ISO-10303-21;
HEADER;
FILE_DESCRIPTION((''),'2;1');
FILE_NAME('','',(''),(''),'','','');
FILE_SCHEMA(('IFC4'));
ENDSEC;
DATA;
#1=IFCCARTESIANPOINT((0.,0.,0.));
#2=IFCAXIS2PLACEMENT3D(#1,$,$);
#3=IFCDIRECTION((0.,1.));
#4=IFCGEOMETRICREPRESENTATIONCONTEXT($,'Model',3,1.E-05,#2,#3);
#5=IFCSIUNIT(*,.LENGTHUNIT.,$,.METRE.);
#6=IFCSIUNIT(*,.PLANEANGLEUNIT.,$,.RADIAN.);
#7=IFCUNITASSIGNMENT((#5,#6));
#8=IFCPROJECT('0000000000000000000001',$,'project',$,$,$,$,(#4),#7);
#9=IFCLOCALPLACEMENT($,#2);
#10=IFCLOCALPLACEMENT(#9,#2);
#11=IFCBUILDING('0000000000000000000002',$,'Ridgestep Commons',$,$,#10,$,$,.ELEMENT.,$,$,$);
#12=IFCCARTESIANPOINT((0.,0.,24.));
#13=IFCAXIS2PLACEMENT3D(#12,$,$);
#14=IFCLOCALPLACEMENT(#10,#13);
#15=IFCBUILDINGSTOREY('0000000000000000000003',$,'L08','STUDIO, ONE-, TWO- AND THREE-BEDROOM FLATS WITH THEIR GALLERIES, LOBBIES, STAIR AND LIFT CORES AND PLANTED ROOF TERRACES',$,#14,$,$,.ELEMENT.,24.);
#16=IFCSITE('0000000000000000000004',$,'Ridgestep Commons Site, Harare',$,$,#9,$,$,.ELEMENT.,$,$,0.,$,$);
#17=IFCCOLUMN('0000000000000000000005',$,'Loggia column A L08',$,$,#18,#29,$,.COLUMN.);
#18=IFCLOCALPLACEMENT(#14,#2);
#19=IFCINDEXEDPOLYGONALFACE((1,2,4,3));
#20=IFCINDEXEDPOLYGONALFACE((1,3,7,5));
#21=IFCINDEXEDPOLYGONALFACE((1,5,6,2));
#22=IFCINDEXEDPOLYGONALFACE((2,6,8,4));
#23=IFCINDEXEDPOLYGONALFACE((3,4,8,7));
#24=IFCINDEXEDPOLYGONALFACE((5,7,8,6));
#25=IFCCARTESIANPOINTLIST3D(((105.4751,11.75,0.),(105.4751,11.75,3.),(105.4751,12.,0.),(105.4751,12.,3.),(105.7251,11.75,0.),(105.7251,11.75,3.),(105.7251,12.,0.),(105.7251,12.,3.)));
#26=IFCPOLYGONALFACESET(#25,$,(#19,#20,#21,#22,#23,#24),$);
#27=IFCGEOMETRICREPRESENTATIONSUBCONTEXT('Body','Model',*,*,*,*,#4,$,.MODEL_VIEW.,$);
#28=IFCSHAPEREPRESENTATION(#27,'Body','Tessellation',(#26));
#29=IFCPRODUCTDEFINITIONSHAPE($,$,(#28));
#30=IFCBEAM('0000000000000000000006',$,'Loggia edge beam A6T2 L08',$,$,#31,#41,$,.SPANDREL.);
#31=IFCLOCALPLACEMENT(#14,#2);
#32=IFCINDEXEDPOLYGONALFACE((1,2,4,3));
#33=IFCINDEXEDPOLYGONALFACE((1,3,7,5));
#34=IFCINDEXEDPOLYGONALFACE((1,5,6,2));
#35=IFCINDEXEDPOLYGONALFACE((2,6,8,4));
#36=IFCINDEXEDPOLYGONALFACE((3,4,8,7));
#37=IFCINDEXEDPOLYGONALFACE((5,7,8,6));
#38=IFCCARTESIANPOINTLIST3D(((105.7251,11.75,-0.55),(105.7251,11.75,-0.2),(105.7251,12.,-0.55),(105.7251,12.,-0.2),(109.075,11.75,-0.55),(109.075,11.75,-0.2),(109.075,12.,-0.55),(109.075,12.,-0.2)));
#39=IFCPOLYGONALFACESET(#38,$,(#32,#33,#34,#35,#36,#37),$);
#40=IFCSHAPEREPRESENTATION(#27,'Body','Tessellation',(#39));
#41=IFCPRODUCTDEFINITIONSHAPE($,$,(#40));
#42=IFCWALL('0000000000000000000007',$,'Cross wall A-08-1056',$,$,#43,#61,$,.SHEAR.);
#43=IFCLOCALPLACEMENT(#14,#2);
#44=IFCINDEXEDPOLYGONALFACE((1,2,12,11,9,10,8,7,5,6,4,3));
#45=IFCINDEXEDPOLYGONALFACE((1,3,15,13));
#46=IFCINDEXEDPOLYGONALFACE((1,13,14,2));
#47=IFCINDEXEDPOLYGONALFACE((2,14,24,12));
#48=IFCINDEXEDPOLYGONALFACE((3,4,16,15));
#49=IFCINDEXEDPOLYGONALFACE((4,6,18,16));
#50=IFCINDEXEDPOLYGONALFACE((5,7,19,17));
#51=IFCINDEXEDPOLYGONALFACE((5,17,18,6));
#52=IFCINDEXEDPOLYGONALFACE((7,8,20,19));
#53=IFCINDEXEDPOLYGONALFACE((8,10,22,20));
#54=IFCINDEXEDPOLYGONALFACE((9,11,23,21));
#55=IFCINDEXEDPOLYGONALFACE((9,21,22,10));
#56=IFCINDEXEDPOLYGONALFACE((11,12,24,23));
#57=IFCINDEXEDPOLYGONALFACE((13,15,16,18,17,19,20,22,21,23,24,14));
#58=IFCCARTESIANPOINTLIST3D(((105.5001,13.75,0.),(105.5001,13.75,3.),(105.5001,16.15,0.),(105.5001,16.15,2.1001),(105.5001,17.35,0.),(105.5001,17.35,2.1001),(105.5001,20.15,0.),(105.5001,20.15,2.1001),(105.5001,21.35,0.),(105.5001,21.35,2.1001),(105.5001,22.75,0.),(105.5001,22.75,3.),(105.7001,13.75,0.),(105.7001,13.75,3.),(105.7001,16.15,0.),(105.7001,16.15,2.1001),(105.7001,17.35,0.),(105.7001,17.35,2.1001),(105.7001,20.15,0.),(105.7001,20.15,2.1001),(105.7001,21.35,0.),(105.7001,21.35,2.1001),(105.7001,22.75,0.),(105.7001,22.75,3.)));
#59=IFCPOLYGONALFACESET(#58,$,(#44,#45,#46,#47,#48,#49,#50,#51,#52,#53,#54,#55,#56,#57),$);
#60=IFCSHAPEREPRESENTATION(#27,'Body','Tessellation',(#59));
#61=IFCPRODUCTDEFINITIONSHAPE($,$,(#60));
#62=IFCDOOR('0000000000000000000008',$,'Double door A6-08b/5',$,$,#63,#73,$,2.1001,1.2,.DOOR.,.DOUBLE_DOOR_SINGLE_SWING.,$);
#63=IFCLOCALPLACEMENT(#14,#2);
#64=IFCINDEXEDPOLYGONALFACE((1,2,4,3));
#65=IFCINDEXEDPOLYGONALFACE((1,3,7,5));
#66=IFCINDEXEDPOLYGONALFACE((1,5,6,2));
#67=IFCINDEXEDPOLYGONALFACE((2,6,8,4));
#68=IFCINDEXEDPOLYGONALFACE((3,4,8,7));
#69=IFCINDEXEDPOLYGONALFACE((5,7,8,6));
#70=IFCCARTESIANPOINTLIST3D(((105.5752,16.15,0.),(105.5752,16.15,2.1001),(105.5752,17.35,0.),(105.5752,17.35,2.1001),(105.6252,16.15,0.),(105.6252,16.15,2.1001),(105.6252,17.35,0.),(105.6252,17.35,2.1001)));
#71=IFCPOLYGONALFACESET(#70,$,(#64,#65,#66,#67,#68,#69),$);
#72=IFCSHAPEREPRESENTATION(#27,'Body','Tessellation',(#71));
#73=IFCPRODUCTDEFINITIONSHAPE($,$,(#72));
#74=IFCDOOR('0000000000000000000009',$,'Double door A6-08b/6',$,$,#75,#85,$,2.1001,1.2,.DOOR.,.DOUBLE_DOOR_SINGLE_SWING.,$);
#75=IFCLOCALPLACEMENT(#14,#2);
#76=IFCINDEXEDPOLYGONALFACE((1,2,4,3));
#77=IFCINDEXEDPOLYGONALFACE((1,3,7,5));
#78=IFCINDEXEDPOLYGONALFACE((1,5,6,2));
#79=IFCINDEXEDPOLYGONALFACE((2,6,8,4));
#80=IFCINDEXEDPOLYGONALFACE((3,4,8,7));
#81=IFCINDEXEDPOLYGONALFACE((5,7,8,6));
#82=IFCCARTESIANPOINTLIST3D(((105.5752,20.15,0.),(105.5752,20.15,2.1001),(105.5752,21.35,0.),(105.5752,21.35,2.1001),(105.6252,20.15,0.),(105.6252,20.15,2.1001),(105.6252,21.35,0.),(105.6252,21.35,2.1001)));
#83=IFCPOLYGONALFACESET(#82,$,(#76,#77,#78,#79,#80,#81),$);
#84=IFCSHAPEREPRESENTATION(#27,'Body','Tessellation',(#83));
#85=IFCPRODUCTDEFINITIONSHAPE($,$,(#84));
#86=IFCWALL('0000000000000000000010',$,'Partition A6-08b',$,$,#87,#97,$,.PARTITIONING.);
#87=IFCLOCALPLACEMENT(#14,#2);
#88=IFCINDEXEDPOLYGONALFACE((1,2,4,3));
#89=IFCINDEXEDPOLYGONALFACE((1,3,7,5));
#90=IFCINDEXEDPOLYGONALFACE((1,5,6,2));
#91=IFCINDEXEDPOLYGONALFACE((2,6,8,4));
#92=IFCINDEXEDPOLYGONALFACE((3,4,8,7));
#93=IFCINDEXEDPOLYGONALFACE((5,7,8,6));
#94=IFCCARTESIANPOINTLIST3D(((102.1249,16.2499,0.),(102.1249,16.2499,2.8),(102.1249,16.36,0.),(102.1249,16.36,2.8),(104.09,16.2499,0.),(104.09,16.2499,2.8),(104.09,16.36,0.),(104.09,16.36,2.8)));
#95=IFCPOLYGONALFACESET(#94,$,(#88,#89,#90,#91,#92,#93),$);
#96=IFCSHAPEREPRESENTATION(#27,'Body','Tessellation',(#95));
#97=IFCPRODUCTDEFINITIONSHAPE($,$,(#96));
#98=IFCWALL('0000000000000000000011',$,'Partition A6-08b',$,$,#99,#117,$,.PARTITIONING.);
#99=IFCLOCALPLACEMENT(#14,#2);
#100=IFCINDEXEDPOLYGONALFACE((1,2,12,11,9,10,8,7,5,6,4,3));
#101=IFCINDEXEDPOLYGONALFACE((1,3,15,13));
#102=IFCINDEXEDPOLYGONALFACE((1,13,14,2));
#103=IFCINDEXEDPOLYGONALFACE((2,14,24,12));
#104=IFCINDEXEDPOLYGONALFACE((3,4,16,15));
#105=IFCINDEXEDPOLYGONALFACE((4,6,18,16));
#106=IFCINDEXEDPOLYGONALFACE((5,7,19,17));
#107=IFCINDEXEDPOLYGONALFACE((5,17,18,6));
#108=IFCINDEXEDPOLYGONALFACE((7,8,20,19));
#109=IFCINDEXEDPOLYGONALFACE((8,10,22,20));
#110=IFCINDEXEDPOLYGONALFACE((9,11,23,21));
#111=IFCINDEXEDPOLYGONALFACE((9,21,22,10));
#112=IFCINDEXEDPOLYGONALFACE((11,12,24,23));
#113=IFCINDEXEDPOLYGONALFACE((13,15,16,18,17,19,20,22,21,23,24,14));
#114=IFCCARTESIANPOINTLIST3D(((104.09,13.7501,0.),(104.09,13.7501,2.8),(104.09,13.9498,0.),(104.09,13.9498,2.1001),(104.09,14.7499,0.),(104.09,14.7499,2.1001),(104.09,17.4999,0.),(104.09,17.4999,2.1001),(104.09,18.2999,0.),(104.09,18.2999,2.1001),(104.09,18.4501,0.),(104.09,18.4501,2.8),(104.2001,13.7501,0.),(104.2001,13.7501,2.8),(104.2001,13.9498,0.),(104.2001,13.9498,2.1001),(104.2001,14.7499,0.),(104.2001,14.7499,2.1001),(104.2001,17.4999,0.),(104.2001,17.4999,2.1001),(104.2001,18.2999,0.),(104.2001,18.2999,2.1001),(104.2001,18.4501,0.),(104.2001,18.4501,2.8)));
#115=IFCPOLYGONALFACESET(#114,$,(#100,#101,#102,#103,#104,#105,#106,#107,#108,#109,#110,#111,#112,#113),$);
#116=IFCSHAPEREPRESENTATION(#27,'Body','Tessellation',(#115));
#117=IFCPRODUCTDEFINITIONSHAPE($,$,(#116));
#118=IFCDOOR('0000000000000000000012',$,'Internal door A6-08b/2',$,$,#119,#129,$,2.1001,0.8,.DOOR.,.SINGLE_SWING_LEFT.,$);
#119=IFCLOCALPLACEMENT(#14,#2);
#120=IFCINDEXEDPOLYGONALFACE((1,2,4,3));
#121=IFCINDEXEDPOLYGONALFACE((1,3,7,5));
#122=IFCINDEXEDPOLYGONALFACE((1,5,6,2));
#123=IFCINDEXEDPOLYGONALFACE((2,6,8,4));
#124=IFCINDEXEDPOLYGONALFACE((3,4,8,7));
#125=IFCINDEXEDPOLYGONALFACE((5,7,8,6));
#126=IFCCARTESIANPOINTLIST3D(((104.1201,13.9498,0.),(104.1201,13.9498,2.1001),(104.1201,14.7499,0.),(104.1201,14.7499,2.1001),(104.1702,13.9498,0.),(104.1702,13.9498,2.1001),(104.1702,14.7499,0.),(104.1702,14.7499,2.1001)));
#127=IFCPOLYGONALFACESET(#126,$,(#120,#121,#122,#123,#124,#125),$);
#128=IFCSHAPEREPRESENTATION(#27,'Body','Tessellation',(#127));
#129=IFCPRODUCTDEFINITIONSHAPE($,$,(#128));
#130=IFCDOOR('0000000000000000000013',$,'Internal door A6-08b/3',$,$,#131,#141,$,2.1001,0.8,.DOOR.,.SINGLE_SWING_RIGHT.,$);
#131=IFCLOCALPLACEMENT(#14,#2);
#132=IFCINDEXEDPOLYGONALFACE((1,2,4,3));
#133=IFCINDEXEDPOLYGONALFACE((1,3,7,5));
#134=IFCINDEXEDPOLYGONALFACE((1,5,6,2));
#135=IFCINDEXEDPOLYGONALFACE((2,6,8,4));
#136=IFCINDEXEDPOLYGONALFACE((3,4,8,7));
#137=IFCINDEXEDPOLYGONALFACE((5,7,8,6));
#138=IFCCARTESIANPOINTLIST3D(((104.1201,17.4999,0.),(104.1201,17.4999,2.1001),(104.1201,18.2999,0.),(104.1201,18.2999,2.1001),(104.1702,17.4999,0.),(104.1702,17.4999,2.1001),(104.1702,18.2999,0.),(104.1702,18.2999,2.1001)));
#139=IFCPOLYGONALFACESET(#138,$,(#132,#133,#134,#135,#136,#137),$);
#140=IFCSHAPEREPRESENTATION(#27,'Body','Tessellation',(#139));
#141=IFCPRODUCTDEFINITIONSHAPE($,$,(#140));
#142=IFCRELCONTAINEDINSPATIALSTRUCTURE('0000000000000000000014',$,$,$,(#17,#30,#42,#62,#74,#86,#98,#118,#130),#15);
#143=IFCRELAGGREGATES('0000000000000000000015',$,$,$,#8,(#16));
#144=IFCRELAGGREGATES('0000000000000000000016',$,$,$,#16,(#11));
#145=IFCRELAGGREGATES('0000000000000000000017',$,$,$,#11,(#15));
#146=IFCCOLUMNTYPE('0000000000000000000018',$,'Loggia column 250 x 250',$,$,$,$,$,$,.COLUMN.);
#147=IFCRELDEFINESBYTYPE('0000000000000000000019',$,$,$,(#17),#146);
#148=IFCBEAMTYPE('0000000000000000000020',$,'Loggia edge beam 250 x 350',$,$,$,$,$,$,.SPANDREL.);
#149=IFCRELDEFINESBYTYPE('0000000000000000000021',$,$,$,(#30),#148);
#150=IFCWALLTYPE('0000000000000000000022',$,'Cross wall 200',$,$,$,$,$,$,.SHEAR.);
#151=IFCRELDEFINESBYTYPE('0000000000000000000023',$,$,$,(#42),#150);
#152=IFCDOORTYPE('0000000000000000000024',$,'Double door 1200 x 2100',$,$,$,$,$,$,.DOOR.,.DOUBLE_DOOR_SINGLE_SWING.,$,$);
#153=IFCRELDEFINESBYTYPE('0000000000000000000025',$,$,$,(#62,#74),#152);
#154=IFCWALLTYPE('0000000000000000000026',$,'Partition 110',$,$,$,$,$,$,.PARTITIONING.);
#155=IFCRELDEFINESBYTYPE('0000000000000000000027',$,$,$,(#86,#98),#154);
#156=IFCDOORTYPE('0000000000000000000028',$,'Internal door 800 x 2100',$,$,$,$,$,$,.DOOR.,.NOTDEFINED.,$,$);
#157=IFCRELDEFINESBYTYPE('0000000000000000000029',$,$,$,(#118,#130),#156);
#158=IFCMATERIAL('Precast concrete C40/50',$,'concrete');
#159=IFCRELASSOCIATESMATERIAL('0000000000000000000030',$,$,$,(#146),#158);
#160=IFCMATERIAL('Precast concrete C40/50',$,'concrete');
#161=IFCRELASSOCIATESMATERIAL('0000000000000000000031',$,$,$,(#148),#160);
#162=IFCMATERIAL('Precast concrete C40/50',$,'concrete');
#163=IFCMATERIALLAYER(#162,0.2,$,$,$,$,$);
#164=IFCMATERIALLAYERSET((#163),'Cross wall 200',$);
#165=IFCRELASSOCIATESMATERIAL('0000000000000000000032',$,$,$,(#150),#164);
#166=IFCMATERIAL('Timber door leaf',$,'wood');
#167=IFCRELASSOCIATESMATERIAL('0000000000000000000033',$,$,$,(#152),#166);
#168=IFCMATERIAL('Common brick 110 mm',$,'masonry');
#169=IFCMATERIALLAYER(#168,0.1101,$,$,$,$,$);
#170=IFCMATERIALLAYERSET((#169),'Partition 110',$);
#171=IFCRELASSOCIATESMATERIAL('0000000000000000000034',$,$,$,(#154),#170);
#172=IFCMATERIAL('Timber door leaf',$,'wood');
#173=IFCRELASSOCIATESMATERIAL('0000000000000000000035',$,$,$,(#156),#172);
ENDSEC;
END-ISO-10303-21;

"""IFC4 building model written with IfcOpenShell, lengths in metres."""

from ifc_helpers import new_model, si_unit, direction, frame, frame_2d, origin, origin_2d, place, context, subcontext, project, spatial, rectangle, extrude, material, layer, layer_set, material_profile, profile_set, type_object, element, fill, save


model = new_model("IFC4")

# Units and contexts
model_context = context("Model", 3, precision=1e-05, world=origin(), true_north=direction((0.0, 1.0)))
body_context = subcontext(model_context, "Body", "Model", "MODEL_VIEW")
ifc_project = project(units=[si_unit("LENGTHUNIT", "METRE"), si_unit("PLANEANGLEUNIT", "RADIAN")], contexts=[model_context])

# Site, building, storey
site_placement = place(None, origin())
site = spatial("IfcSite", under=ifc_project, at=site_placement, Name="Ridgestep Commons Site, Harare", CompositionType="ELEMENT", RefElevation=0.0)
building_placement = place(site_placement, origin())
building = spatial("IfcBuilding", under=site, at=building_placement, Name="Ridgestep Commons", CompositionType="ELEMENT")
storey_placement = place(building_placement, frame((0.0, 0.0, 24.0)))
storey = spatial("IfcBuildingStorey", under=building, at=storey_placement, Name="L08", Description="STUDIO, ONE-, TWO- AND THREE-BEDROOM FLATS WITH THEIR GALLERIES, LOBBIES, STAIR AND LIFT CORES AND PLANTED ROOF TERRACES", CompositionType="ELEMENT", Elevation=24.0)

# Column
ifc_material_1 = material(Name="Precast concrete C40/50", Category="concrete")
ifc_material_profile_1 = material_profile(ifc_material_1, rectangle(XDim=0.25, YDim=0.25, at=origin_2d()), Name="PC 250x250")
ifc_profile_set_1 = profile_set([ifc_material_profile_1], Name="Precast concrete C40/50")
column_type = type_object("IfcColumnType", Name="Loggia column 250 x 250", PredefinedType="COLUMN", material=ifc_profile_set_1)
column_placement = place(storey_placement, frame((105.6001, 11.875, 0.0), z_axis=(0.0, 0.0, 1.0), x_axis=(1.0, 0.0, 0.0)))
element("IfcColumn", 1, at=column_placement, inside=storey, type_object=column_type, Name="Loggia column A L08", PredefinedType="COLUMN", context=body_context, shape_type="SweptSolid", body=[
    extrude(rectangle(XDim=0.25, YDim=0.25, at=origin_2d()), origin(), (0.0, 0.0, 1.0), 3.0),
])

# Beam
ifc_material_2 = material(Name="Precast concrete C40/50", Category="concrete")
ifc_material_profile_2 = material_profile(ifc_material_2, rectangle(XDim=0.25, YDim=0.3501, at=origin_2d()), Name="PC 250x350")
ifc_profile_set_2 = profile_set([ifc_material_profile_2], Name="Precast concrete C40/50")
beam_type = type_object("IfcBeamType", Name="Loggia edge beam 250 x 350", PredefinedType="SPANDREL", material=ifc_profile_set_2)
beam_placement = place(storey_placement, frame((105.7251, 11.875, -0.375), z_axis=(1.0, 0.0, 0.0), x_axis=(0.0, 1.0, 0.0)))
element("IfcBeam", 2, at=beam_placement, inside=storey, type_object=beam_type, Name="Loggia edge beam A6T2 L08", PredefinedType="SPANDREL", context=body_context, shape_type="SweptSolid", body=[
    extrude(rectangle(XDim=0.25, YDim=0.3501, at=origin_2d()), origin(), (0.0, 0.0, 1.0), 3.3499),
])

# Wall, openings, doors
ifc_material_3 = material(Name="Precast concrete C40/50", Category="concrete")
ifc_layer_1 = layer(ifc_material_3, 0.2)
ifc_layer_set_1 = layer_set([ifc_layer_1], Name="Cross wall 200")
wall_type_1 = type_object("IfcWallType", Name="Cross wall 200", PredefinedType="SHEAR", material=ifc_layer_set_1)
wall_1_placement = place(storey_placement, frame((105.6001, 13.75, 0.0), z_axis=(0.0, 0.0, 1.0), x_axis=(0.0, 1.0, 0.0)))
wall_1 = element("IfcWall", 3, at=wall_1_placement, inside=storey, type_object=wall_type_1, Name="Cross wall A-08-1056", PredefinedType="SHEAR", context=body_context, shape_type="SweptSolid", body=[
    extrude(rectangle(XDim=9.0, YDim=0.2, at=frame_2d((4.5, 0.0))), origin(), (0.0, 0.0, 1.0), 3.0),
])
opening_1_placement = place(wall_1_placement, frame((2.3999, 0.0, 0.0)))
opening_1 = element("IfcOpeningElement", 4, at=opening_1_placement, cuts=wall_1, PredefinedType="OPENING", context=body_context, shape_type="SweptSolid", body=[
    extrude(rectangle(XDim=1.2, YDim=2.1001, at=frame_2d((0.6001, 1.05))), frame((0.0, 0.1099, 0.0), z_axis=(0.0, -1.0, 0.0), x_axis=(1.0, 0.0, 0.0)), (0.0, 0.0, 1.0), 0.22),
])
opening_2_placement = place(wall_1_placement, frame((6.3999, 0.0, 0.0)))
opening_2 = element("IfcOpeningElement", 5, at=opening_2_placement, cuts=wall_1, PredefinedType="OPENING", context=body_context, shape_type="SweptSolid", body=[
    extrude(rectangle(XDim=1.2, YDim=2.1001, at=frame_2d((0.6001, 1.05))), frame((0.0, 0.1099, 0.0), z_axis=(0.0, -1.0, 0.0), x_axis=(1.0, 0.0, 0.0)), (0.0, 0.0, 1.0), 0.22),
])
ifc_material_4 = material(Name="Timber door leaf", Category="wood")
door_type_1 = type_object("IfcDoorType", Name="Double door 1200 x 2100", OperationType="DOUBLE_DOOR_SINGLE_SWING", PredefinedType="DOOR", material=ifc_material_4)
door_1_placement = place(opening_1_placement, origin())
door_1 = element("IfcDoor", 6, at=door_1_placement, inside=storey, type_object=door_type_1, Name="Double door A6-08b/5", OperationType="DOUBLE_DOOR_SINGLE_SWING", OverallHeight=2.1001, OverallWidth=1.2, PredefinedType="DOOR", context=body_context, shape_type="SweptSolid", body=[
    extrude(rectangle(XDim=1.2, YDim=2.1001, at=frame_2d((0.6001, 1.05))), frame((0.0, 0.0249, 0.0), z_axis=(0.0, -1.0, 0.0), x_axis=(1.0, 0.0, 0.0)), (0.0, 0.0, 1.0), 0.05),
])
fill(opening_1, door_1)
door_2_placement = place(opening_2_placement, origin())
door_2 = element("IfcDoor", 7, at=door_2_placement, inside=storey, type_object=door_type_1, Name="Double door A6-08b/6", OperationType="DOUBLE_DOOR_SINGLE_SWING", OverallHeight=2.1001, OverallWidth=1.2, PredefinedType="DOOR", context=body_context, shape_type="SweptSolid", body=[
    extrude(rectangle(XDim=1.2, YDim=2.1001, at=frame_2d((0.6001, 1.05))), frame((0.0, 0.0249, 0.0), z_axis=(0.0, -1.0, 0.0), x_axis=(1.0, 0.0, 0.0)), (0.0, 0.0, 1.0), 0.05),
])
fill(opening_2, door_2)

# Wall
ifc_material_5 = material(Name="Common brick 110 mm", Category="masonry")
ifc_layer_2 = layer(ifc_material_5, 0.1101)
ifc_layer_set_2 = layer_set([ifc_layer_2], Name="Partition 110")
wall_type_2 = type_object("IfcWallType", Name="Partition 110", PredefinedType="PARTITIONING", material=ifc_layer_set_2)
wall_2_placement = place(storey_placement, frame((102.125, 16.3049, 0.0), z_axis=(0.0, 0.0, 1.0), x_axis=(1.0, 0.0, 0.0)))
element("IfcWall", 8, at=wall_2_placement, inside=storey, type_object=wall_type_2, Name="Partition A6-08b", PredefinedType="PARTITIONING", context=body_context, shape_type="SweptSolid", body=[
    extrude(rectangle(XDim=1.9651, YDim=0.1101, at=frame_2d((0.9824, 0.0))), origin(), (0.0, 0.0, 1.0), 2.8),
])

# Wall, openings, doors
wall_3_placement = place(storey_placement, frame((104.145, 13.75, 0.0), z_axis=(0.0, 0.0, 1.0), x_axis=(0.0, 1.0, 0.0)))
wall_3 = element("IfcWall", 9, at=wall_3_placement, inside=storey, type_object=wall_type_2, Name="Partition A6-08b", PredefinedType="PARTITIONING", context=body_context, shape_type="SweptSolid", body=[
    extrude(rectangle(XDim=4.7, YDim=0.1101, at=frame_2d((2.3501, 0.0))), origin(), (0.0, 0.0, 1.0), 2.8),
])
opening_3_placement = place(wall_3_placement, frame((0.2, 0.0, 0.0)))
opening_3 = element("IfcOpeningElement", 10, at=opening_3_placement, cuts=wall_3, PredefinedType="OPENING", context=body_context, shape_type="SweptSolid", body=[
    extrude(rectangle(XDim=0.8, YDim=2.1001, at=frame_2d((0.3999, 1.05))), frame((0.0, 0.0649, 0.0), z_axis=(0.0, -1.0, 0.0), x_axis=(1.0, 0.0, 0.0)), (0.0, 0.0, 1.0), 0.1301),
])
opening_4_placement = place(wall_3_placement, frame((3.75, 0.0, 0.0)))
opening_4 = element("IfcOpeningElement", 11, at=opening_4_placement, cuts=wall_3, PredefinedType="OPENING", context=body_context, shape_type="SweptSolid", body=[
    extrude(rectangle(XDim=0.8, YDim=2.1001, at=frame_2d((0.3999, 1.05))), frame((0.0, 0.0649, 0.0), z_axis=(0.0, -1.0, 0.0), x_axis=(1.0, 0.0, 0.0)), (0.0, 0.0, 1.0), 0.1301),
])
ifc_material_6 = material(Name="Timber door leaf", Category="wood")
door_type_2 = type_object("IfcDoorType", Name="Internal door 800 x 2100", OperationType="NOTDEFINED", PredefinedType="DOOR", material=ifc_material_6)
door_3_placement = place(opening_3_placement, origin())
door_3 = element("IfcDoor", 12, at=door_3_placement, inside=storey, type_object=door_type_2, Name="Internal door A6-08b/2", OperationType="SINGLE_SWING_LEFT", OverallHeight=2.1001, OverallWidth=0.8, PredefinedType="DOOR", context=body_context, shape_type="SweptSolid", body=[
    extrude(rectangle(XDim=0.8, YDim=2.1001, at=frame_2d((0.3999, 1.05))), frame((0.0, 0.0249, 0.0), z_axis=(0.0, -1.0, 0.0), x_axis=(1.0, 0.0, 0.0)), (0.0, 0.0, 1.0), 0.05),
])
fill(opening_3, door_3)
door_4_placement = place(opening_4_placement, origin())
door_4 = element("IfcDoor", 13, at=door_4_placement, inside=storey, type_object=door_type_2, Name="Internal door A6-08b/3", OperationType="SINGLE_SWING_RIGHT", OverallHeight=2.1001, OverallWidth=0.8, PredefinedType="DOOR", context=body_context, shape_type="SweptSolid", body=[
    extrude(rectangle(XDim=0.8, YDim=2.1001, at=frame_2d((0.3999, 1.05))), frame((0.0, 0.0249, 0.0), z_axis=(0.0, -1.0, 0.0), x_axis=(1.0, 0.0, 0.0)), (0.0, 0.0, 1.0), 0.05),
])
fill(opening_4, door_4)

save(model, "model.ifc")
